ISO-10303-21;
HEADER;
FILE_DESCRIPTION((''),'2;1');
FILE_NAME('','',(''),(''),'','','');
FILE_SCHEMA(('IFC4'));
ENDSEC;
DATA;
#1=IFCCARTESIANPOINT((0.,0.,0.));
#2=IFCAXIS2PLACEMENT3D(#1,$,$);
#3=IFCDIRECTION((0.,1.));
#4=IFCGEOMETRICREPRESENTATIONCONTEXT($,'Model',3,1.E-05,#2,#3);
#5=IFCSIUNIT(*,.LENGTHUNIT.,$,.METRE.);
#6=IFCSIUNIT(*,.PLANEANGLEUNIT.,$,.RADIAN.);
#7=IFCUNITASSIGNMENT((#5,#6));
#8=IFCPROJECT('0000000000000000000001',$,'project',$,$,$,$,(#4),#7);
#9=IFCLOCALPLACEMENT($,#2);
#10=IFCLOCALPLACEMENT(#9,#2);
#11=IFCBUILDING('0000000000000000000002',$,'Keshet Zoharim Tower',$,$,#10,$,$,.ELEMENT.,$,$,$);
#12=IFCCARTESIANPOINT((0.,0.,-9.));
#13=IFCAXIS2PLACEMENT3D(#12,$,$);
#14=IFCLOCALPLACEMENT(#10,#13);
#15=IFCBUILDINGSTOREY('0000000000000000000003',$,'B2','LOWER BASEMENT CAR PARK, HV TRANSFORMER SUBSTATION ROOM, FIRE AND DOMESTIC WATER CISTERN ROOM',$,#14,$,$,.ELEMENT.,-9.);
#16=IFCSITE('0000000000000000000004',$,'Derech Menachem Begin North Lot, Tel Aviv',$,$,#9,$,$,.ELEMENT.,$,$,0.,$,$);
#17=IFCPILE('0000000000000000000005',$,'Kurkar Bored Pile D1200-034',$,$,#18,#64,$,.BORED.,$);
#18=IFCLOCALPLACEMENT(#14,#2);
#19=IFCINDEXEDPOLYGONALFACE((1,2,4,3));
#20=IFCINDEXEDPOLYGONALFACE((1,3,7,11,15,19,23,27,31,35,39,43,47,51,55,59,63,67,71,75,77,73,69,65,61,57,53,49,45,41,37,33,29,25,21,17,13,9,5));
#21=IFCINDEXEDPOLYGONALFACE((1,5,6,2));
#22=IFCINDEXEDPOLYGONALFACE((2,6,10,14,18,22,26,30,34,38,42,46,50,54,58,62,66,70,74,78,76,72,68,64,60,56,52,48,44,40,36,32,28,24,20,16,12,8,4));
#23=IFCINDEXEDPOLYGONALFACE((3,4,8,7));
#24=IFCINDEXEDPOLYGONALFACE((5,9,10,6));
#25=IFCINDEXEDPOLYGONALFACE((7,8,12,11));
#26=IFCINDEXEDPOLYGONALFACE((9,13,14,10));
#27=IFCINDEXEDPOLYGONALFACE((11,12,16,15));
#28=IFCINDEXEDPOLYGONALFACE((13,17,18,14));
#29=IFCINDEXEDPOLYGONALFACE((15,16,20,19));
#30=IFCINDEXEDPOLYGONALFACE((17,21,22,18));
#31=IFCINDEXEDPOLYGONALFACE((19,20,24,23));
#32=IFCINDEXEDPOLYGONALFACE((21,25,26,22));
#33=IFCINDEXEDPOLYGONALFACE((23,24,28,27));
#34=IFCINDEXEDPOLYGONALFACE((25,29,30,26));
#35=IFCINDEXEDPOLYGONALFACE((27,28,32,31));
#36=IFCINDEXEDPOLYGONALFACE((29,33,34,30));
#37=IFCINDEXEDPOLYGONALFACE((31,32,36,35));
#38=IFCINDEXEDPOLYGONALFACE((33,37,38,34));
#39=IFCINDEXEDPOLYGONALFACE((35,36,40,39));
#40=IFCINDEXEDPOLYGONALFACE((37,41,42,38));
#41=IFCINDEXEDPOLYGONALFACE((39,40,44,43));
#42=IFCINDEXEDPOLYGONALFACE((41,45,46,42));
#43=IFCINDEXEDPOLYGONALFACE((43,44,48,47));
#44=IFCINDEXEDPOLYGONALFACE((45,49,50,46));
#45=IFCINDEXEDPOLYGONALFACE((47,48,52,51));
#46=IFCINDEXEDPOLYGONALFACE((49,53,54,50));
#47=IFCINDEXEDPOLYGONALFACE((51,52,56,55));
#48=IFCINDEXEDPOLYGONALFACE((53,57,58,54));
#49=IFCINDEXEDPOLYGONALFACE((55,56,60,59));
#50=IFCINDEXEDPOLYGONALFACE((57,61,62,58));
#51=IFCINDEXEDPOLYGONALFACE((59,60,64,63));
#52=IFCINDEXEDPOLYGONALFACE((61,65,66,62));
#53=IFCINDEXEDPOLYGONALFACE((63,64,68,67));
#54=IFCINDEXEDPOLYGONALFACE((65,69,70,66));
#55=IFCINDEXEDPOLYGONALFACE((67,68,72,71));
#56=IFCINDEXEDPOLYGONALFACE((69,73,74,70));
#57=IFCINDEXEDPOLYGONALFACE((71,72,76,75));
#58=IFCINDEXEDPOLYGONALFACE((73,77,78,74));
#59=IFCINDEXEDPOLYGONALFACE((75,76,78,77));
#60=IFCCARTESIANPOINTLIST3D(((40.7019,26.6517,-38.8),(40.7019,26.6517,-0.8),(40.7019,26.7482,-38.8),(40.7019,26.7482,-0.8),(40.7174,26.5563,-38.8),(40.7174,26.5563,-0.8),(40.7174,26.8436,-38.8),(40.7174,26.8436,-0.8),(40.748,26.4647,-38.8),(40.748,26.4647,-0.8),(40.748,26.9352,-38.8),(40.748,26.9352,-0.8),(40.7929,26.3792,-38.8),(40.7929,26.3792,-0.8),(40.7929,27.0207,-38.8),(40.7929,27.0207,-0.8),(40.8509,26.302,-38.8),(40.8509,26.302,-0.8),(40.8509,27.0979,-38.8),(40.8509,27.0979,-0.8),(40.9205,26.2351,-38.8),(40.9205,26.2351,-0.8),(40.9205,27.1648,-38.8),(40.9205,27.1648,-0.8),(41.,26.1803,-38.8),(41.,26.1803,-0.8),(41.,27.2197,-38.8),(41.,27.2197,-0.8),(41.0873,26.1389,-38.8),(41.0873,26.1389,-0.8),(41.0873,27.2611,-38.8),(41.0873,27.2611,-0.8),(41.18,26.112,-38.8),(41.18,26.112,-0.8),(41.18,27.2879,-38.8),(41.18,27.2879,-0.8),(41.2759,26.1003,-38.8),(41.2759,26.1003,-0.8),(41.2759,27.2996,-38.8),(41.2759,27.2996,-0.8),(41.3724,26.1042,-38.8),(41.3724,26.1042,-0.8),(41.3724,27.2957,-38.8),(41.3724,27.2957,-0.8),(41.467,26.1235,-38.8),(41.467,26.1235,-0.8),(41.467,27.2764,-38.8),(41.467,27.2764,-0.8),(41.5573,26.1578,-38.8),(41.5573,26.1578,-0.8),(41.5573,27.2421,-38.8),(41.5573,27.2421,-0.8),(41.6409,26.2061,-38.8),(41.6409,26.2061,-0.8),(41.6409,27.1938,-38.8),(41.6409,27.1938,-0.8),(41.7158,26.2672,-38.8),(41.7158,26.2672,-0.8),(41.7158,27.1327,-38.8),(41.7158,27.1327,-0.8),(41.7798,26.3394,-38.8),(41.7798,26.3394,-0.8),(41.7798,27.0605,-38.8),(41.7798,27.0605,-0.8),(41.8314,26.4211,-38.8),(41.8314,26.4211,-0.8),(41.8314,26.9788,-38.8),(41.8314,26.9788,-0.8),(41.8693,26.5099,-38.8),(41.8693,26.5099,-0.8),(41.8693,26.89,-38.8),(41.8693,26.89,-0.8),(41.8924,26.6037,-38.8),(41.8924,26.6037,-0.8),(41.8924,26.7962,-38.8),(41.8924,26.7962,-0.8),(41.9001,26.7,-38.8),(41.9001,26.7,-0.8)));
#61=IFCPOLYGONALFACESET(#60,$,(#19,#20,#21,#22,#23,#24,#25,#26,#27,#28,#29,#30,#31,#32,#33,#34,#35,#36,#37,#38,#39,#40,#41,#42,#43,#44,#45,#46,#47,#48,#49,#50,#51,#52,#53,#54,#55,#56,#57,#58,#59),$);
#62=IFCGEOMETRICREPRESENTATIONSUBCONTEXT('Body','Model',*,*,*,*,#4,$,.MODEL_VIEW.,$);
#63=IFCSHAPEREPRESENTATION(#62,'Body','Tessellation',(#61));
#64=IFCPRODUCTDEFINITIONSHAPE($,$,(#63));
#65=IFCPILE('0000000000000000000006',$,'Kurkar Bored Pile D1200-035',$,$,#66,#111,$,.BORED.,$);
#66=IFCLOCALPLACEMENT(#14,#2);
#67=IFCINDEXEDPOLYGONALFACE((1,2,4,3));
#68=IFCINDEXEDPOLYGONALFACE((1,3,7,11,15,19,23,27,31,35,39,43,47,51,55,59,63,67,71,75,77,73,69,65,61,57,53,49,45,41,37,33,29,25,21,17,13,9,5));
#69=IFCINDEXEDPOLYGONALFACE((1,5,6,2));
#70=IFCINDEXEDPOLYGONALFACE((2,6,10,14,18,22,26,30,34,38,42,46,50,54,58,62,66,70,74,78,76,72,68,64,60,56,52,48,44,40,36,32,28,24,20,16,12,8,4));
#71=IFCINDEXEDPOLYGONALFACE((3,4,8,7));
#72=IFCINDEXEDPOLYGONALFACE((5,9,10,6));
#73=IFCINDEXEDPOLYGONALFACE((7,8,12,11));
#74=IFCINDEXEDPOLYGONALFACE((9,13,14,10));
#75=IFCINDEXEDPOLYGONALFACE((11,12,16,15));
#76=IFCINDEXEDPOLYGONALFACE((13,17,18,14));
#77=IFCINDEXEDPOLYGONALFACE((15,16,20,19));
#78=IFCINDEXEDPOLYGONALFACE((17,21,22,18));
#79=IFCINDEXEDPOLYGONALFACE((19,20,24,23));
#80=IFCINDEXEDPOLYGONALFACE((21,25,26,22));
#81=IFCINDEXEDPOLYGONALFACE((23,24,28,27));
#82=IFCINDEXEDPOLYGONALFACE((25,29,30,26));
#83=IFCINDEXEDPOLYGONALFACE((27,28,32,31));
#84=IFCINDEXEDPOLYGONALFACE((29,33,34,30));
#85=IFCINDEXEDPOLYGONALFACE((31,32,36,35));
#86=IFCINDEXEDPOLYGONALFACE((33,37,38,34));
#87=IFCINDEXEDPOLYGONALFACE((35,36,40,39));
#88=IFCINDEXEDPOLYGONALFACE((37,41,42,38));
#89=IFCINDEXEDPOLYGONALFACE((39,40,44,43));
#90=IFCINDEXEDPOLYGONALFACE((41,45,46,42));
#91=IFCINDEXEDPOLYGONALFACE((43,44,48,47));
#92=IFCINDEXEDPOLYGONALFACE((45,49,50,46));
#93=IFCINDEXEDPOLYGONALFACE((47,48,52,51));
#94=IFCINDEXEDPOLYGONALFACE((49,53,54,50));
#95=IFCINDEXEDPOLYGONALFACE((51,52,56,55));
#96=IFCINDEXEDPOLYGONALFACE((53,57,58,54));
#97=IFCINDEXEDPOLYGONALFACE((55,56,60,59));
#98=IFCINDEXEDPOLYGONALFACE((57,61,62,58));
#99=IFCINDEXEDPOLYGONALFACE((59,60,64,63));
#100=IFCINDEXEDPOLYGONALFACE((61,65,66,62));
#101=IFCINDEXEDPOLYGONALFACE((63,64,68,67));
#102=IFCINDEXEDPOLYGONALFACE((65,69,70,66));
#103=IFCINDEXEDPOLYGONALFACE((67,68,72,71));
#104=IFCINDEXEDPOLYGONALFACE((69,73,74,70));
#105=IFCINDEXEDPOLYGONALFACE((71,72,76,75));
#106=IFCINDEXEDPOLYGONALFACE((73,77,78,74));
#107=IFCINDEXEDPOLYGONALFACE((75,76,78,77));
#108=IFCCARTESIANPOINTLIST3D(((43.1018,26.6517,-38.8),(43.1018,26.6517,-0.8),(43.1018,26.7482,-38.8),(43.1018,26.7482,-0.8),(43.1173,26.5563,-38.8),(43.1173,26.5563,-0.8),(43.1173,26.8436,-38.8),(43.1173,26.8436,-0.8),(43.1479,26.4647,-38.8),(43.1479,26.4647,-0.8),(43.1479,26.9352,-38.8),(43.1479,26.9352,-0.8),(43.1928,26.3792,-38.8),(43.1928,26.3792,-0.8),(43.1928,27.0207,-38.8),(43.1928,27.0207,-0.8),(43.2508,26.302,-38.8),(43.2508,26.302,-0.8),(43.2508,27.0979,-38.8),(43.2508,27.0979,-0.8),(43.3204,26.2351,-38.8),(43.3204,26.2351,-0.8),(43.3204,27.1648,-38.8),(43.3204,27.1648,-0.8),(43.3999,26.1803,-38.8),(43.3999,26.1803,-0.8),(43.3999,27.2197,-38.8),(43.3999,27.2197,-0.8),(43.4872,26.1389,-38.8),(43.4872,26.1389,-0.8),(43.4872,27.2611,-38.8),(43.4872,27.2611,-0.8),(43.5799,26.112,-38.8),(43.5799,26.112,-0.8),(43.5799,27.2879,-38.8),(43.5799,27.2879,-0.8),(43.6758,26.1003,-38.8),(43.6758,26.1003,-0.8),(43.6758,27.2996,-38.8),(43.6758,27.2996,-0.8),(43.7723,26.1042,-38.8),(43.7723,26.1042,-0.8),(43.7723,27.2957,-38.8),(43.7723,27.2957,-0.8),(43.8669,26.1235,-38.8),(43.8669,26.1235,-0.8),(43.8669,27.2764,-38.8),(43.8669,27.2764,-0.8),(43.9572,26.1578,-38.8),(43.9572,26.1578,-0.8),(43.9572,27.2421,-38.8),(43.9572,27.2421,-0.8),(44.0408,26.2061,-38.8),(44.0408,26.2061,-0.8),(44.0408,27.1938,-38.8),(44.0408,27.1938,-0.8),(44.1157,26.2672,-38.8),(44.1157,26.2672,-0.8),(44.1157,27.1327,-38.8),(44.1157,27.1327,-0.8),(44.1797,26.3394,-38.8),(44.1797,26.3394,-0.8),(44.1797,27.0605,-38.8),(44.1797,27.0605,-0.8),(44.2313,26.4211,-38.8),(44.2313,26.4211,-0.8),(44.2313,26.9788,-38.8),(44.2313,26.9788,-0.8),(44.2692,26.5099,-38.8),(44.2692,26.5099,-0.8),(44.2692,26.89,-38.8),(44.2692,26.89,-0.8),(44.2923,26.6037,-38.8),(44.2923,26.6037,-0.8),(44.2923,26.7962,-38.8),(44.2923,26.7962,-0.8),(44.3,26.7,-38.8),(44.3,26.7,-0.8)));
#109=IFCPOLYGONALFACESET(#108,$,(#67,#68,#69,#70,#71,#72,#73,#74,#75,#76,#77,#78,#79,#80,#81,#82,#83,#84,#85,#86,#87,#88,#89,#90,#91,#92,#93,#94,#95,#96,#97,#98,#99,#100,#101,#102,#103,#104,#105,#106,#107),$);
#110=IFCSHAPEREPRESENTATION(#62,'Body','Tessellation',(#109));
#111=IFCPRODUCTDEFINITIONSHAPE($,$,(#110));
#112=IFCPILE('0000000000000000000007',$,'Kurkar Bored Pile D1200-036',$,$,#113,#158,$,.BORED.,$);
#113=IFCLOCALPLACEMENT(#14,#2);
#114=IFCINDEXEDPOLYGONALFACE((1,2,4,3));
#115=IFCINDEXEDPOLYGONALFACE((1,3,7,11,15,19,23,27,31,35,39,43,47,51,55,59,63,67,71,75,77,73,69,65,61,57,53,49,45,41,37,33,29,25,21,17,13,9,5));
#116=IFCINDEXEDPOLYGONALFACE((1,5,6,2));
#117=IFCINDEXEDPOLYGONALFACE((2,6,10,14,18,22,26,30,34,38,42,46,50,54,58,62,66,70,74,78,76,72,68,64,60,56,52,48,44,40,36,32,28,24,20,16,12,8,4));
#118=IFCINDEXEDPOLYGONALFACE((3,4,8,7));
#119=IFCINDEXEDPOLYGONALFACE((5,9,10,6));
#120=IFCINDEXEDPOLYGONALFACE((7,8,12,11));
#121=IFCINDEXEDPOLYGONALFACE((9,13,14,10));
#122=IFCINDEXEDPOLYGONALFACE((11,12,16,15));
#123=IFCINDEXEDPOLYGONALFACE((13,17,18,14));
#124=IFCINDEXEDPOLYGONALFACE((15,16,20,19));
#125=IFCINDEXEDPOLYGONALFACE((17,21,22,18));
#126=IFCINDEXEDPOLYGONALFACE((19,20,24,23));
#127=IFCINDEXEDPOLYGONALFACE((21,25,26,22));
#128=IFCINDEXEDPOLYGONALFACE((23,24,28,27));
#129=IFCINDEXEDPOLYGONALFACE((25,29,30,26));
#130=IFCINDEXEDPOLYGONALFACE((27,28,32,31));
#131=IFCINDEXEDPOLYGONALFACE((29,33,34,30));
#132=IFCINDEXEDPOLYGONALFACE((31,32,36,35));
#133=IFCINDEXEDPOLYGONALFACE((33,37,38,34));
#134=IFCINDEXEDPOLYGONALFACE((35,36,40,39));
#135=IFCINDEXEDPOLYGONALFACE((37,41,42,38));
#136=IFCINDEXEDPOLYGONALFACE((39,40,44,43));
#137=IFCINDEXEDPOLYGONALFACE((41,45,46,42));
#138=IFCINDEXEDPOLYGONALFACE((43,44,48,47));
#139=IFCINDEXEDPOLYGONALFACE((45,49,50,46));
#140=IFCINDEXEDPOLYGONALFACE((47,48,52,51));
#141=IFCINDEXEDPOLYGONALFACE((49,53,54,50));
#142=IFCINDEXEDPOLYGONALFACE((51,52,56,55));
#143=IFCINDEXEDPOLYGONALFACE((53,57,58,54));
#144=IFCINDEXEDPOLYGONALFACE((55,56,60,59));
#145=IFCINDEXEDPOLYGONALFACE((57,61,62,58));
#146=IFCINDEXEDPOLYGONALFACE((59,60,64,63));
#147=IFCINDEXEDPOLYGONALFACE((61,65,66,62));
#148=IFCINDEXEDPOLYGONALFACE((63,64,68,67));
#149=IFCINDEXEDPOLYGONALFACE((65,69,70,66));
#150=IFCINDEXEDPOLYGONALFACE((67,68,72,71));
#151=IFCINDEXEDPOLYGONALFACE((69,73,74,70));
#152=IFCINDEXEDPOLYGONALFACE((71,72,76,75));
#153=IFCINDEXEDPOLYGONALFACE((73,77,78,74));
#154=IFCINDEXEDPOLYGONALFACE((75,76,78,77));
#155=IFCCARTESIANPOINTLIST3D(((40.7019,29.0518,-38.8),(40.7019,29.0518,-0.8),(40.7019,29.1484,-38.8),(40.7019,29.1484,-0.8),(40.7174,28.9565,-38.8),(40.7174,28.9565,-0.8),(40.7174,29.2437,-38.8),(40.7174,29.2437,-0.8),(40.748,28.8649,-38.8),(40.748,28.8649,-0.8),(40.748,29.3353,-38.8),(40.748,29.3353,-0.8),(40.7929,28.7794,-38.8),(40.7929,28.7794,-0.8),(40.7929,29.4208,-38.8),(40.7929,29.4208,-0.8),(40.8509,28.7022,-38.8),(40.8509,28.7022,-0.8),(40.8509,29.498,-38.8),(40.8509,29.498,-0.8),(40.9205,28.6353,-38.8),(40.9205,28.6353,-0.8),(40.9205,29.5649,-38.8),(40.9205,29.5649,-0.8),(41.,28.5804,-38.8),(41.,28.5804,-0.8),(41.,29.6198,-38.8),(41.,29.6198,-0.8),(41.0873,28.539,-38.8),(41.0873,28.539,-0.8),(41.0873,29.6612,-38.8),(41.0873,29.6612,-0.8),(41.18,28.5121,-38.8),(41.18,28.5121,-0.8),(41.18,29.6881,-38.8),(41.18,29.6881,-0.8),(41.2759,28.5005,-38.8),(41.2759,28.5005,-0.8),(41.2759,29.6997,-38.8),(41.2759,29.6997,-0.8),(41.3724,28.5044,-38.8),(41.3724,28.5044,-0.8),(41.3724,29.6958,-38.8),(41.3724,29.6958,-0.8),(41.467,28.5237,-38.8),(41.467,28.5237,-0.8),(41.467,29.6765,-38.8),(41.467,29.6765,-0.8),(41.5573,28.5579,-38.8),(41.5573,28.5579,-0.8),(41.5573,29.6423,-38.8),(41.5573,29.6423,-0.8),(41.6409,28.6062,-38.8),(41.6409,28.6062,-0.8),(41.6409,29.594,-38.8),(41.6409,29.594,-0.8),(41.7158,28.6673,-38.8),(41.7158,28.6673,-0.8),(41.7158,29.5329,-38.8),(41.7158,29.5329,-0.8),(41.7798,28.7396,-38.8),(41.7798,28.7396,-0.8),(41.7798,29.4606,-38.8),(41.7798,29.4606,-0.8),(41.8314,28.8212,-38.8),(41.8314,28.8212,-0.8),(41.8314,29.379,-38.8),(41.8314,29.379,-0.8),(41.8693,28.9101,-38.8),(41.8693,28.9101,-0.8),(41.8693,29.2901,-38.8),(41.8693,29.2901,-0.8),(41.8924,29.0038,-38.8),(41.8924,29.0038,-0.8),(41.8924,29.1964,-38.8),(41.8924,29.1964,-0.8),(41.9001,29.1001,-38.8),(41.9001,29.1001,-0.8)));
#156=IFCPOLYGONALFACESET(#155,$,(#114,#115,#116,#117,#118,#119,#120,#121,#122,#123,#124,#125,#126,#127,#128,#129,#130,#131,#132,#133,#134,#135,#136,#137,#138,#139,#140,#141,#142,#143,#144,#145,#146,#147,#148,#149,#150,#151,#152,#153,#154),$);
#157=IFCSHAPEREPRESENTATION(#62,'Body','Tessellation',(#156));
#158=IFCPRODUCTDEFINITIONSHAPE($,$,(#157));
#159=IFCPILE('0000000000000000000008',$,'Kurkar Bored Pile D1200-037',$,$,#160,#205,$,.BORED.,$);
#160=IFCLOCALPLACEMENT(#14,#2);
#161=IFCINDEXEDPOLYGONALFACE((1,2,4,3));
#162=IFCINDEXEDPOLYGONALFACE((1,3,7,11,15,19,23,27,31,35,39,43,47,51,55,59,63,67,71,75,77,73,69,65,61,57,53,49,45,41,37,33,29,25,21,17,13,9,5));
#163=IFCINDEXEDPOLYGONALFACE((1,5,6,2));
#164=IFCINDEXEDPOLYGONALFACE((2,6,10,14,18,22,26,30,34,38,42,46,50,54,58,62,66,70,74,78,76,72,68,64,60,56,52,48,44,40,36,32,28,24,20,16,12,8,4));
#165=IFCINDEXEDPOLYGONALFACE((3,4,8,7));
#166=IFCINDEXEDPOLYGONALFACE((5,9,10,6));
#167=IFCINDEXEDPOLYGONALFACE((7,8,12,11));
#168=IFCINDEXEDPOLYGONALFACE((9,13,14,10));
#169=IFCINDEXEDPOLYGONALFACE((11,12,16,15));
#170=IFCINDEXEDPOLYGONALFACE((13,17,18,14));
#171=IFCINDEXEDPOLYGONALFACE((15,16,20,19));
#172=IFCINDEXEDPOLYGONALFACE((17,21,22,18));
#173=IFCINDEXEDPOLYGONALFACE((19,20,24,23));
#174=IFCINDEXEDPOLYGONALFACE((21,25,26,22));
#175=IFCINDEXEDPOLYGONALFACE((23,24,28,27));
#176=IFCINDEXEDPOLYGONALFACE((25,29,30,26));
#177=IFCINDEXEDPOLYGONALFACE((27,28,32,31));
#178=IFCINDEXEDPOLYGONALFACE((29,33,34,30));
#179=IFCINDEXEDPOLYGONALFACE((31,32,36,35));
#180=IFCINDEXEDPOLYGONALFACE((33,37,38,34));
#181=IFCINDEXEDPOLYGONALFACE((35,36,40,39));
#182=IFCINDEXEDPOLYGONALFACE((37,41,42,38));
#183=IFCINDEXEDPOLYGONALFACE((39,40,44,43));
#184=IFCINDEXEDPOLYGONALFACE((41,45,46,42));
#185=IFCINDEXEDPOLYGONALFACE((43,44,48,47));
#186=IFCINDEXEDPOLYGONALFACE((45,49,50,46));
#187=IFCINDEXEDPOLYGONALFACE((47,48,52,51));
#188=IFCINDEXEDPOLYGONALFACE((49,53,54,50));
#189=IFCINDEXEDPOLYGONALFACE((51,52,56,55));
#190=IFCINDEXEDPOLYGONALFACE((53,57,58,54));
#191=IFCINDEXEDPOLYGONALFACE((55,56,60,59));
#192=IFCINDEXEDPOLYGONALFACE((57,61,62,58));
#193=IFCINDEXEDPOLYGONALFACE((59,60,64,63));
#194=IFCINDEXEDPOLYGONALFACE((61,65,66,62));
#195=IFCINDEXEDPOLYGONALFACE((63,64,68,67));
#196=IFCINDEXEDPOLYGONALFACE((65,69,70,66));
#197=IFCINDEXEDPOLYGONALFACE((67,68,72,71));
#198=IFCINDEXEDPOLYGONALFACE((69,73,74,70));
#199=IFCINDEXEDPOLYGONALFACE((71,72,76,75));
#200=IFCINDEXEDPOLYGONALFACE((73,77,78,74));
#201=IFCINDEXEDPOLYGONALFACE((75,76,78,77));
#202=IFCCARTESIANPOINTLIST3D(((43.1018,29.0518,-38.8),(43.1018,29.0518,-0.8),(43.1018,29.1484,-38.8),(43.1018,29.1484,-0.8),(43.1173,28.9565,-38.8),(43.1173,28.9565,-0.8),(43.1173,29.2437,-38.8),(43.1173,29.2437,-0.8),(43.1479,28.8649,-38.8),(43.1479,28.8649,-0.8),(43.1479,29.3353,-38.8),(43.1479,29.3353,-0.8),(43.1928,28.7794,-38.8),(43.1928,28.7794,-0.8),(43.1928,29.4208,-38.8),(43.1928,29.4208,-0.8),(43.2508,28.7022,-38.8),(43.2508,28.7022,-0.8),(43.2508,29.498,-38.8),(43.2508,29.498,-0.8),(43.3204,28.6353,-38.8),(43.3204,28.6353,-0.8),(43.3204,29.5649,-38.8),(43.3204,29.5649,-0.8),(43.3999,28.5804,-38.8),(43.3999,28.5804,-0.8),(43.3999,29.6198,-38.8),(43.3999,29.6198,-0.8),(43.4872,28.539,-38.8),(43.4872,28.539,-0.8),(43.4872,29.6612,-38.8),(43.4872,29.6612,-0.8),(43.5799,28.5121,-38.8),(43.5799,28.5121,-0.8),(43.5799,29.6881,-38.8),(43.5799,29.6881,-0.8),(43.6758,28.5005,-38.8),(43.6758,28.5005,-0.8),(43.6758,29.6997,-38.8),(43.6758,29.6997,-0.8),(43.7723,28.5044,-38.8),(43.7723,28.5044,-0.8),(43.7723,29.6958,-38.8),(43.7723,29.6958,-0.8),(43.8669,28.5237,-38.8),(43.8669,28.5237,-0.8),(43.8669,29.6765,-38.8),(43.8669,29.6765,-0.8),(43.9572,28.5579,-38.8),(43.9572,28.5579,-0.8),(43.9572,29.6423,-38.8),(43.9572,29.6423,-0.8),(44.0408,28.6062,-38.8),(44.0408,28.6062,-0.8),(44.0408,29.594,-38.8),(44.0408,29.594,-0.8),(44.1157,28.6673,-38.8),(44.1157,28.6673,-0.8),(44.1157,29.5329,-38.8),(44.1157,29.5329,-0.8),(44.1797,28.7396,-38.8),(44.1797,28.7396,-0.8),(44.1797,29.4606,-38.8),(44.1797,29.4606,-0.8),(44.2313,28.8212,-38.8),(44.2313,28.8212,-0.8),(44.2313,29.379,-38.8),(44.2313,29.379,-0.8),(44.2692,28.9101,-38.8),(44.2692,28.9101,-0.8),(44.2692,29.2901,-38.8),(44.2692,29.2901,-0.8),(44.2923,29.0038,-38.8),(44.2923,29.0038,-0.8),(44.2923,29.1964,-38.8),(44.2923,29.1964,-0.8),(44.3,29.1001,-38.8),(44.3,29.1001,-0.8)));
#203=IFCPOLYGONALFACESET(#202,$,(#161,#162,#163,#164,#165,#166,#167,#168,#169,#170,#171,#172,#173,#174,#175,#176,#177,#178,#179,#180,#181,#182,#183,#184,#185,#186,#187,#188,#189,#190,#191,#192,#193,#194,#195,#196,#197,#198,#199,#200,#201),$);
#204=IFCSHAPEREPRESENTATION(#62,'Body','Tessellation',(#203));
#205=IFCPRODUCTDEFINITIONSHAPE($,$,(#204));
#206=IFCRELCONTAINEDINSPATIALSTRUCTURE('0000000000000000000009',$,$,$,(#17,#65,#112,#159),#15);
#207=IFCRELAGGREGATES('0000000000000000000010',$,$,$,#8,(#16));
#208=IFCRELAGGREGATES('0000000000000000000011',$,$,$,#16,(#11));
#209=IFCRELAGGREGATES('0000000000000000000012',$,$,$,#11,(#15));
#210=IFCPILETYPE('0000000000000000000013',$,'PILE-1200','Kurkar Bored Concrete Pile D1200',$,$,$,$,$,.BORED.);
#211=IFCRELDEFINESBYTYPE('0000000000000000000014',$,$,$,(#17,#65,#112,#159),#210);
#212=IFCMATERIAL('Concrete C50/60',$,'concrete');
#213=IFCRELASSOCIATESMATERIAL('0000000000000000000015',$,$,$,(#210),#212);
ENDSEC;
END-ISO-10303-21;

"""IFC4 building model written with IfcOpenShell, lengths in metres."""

from ifc_helpers import new_model, si_unit, direction, frame, origin, origin_2d, place, context, subcontext, project, spatial, circle, extrude, material, material_profile, profile_set, type_object, element, save


model = new_model("IFC4")

# Units and contexts
model_context = context("Model", 3, precision=1e-05, world=origin(), true_north=direction((0.0, 1.0)))
body_context = subcontext(model_context, "Body", "Model", "MODEL_VIEW")
ifc_project = project(units=[si_unit("LENGTHUNIT", "METRE"), si_unit("PLANEANGLEUNIT", "RADIAN")], contexts=[model_context])

# Site, building, storey
site_placement = place(None, origin())
site = spatial("IfcSite", under=ifc_project, at=site_placement, Name="Derech Menachem Begin North Lot, Tel Aviv", CompositionType="ELEMENT", RefElevation=0.0)
building_placement = place(site_placement, origin())
building = spatial("IfcBuilding", under=site, at=building_placement, Name="Keshet Zoharim Tower", CompositionType="ELEMENT")
storey_placement = place(building_placement, frame((0.0, 0.0, -9.0)))
storey = spatial("IfcBuildingStorey", under=building, at=storey_placement, Name="B2", Description="LOWER BASEMENT CAR PARK, HV TRANSFORMER SUBSTATION ROOM, FIRE AND DOMESTIC WATER CISTERN ROOM", CompositionType="ELEMENT", Elevation=-9.0)

# Piles
ifc_material_1 = material(Name="Concrete C50/60", Category="concrete")
ifc_material_profile_1 = material_profile(ifc_material_1, circle(Radius=0.6001, at=origin_2d()), Name="PILE-D1200")
ifc_profile_set_1 = profile_set([ifc_material_profile_1], Name="Concrete C50/60")
pile_type_1 = type_object("IfcPileType", Name="PILE-1200", Description="Kurkar Bored Concrete Pile D1200", PredefinedType="BORED", material=ifc_profile_set_1)
for number, where, z_axis, x_axis, name in (
    (1, (41.3, 26.7, -0.8), (0.0, 0.0, -1.0), (1.0, 0.0, 0.0), "Kurkar Bored Pile D1200-034"),
    (2, (43.7, 26.7, -0.8), (0.0, 0.0, -1.0), (1.0, 0.0, 0.0), "Kurkar Bored Pile D1200-035"),
    (3, (41.3, 29.1001, -0.8), (0.0, 0.0, -1.0), (1.0, 0.0, 0.0), "Kurkar Bored Pile D1200-036"),
    (4, (43.7, 29.1001, -0.8), (0.0, 0.0, -1.0), (1.0, 0.0, 0.0), "Kurkar Bored Pile D1200-037"),
):
    element("IfcPile", number, at=place(storey_placement, frame(where, z_axis=z_axis, x_axis=x_axis)), inside=storey, type_object=pile_type_1, Name=name, PredefinedType="BORED", context=body_context, shape_type="SweptSolid", body=[
        extrude(circle(Radius=0.6001, at=origin_2d()), origin(), (0.0, 0.0, 1.0), 38.0),
    ])

save(model, "model.ifc")
